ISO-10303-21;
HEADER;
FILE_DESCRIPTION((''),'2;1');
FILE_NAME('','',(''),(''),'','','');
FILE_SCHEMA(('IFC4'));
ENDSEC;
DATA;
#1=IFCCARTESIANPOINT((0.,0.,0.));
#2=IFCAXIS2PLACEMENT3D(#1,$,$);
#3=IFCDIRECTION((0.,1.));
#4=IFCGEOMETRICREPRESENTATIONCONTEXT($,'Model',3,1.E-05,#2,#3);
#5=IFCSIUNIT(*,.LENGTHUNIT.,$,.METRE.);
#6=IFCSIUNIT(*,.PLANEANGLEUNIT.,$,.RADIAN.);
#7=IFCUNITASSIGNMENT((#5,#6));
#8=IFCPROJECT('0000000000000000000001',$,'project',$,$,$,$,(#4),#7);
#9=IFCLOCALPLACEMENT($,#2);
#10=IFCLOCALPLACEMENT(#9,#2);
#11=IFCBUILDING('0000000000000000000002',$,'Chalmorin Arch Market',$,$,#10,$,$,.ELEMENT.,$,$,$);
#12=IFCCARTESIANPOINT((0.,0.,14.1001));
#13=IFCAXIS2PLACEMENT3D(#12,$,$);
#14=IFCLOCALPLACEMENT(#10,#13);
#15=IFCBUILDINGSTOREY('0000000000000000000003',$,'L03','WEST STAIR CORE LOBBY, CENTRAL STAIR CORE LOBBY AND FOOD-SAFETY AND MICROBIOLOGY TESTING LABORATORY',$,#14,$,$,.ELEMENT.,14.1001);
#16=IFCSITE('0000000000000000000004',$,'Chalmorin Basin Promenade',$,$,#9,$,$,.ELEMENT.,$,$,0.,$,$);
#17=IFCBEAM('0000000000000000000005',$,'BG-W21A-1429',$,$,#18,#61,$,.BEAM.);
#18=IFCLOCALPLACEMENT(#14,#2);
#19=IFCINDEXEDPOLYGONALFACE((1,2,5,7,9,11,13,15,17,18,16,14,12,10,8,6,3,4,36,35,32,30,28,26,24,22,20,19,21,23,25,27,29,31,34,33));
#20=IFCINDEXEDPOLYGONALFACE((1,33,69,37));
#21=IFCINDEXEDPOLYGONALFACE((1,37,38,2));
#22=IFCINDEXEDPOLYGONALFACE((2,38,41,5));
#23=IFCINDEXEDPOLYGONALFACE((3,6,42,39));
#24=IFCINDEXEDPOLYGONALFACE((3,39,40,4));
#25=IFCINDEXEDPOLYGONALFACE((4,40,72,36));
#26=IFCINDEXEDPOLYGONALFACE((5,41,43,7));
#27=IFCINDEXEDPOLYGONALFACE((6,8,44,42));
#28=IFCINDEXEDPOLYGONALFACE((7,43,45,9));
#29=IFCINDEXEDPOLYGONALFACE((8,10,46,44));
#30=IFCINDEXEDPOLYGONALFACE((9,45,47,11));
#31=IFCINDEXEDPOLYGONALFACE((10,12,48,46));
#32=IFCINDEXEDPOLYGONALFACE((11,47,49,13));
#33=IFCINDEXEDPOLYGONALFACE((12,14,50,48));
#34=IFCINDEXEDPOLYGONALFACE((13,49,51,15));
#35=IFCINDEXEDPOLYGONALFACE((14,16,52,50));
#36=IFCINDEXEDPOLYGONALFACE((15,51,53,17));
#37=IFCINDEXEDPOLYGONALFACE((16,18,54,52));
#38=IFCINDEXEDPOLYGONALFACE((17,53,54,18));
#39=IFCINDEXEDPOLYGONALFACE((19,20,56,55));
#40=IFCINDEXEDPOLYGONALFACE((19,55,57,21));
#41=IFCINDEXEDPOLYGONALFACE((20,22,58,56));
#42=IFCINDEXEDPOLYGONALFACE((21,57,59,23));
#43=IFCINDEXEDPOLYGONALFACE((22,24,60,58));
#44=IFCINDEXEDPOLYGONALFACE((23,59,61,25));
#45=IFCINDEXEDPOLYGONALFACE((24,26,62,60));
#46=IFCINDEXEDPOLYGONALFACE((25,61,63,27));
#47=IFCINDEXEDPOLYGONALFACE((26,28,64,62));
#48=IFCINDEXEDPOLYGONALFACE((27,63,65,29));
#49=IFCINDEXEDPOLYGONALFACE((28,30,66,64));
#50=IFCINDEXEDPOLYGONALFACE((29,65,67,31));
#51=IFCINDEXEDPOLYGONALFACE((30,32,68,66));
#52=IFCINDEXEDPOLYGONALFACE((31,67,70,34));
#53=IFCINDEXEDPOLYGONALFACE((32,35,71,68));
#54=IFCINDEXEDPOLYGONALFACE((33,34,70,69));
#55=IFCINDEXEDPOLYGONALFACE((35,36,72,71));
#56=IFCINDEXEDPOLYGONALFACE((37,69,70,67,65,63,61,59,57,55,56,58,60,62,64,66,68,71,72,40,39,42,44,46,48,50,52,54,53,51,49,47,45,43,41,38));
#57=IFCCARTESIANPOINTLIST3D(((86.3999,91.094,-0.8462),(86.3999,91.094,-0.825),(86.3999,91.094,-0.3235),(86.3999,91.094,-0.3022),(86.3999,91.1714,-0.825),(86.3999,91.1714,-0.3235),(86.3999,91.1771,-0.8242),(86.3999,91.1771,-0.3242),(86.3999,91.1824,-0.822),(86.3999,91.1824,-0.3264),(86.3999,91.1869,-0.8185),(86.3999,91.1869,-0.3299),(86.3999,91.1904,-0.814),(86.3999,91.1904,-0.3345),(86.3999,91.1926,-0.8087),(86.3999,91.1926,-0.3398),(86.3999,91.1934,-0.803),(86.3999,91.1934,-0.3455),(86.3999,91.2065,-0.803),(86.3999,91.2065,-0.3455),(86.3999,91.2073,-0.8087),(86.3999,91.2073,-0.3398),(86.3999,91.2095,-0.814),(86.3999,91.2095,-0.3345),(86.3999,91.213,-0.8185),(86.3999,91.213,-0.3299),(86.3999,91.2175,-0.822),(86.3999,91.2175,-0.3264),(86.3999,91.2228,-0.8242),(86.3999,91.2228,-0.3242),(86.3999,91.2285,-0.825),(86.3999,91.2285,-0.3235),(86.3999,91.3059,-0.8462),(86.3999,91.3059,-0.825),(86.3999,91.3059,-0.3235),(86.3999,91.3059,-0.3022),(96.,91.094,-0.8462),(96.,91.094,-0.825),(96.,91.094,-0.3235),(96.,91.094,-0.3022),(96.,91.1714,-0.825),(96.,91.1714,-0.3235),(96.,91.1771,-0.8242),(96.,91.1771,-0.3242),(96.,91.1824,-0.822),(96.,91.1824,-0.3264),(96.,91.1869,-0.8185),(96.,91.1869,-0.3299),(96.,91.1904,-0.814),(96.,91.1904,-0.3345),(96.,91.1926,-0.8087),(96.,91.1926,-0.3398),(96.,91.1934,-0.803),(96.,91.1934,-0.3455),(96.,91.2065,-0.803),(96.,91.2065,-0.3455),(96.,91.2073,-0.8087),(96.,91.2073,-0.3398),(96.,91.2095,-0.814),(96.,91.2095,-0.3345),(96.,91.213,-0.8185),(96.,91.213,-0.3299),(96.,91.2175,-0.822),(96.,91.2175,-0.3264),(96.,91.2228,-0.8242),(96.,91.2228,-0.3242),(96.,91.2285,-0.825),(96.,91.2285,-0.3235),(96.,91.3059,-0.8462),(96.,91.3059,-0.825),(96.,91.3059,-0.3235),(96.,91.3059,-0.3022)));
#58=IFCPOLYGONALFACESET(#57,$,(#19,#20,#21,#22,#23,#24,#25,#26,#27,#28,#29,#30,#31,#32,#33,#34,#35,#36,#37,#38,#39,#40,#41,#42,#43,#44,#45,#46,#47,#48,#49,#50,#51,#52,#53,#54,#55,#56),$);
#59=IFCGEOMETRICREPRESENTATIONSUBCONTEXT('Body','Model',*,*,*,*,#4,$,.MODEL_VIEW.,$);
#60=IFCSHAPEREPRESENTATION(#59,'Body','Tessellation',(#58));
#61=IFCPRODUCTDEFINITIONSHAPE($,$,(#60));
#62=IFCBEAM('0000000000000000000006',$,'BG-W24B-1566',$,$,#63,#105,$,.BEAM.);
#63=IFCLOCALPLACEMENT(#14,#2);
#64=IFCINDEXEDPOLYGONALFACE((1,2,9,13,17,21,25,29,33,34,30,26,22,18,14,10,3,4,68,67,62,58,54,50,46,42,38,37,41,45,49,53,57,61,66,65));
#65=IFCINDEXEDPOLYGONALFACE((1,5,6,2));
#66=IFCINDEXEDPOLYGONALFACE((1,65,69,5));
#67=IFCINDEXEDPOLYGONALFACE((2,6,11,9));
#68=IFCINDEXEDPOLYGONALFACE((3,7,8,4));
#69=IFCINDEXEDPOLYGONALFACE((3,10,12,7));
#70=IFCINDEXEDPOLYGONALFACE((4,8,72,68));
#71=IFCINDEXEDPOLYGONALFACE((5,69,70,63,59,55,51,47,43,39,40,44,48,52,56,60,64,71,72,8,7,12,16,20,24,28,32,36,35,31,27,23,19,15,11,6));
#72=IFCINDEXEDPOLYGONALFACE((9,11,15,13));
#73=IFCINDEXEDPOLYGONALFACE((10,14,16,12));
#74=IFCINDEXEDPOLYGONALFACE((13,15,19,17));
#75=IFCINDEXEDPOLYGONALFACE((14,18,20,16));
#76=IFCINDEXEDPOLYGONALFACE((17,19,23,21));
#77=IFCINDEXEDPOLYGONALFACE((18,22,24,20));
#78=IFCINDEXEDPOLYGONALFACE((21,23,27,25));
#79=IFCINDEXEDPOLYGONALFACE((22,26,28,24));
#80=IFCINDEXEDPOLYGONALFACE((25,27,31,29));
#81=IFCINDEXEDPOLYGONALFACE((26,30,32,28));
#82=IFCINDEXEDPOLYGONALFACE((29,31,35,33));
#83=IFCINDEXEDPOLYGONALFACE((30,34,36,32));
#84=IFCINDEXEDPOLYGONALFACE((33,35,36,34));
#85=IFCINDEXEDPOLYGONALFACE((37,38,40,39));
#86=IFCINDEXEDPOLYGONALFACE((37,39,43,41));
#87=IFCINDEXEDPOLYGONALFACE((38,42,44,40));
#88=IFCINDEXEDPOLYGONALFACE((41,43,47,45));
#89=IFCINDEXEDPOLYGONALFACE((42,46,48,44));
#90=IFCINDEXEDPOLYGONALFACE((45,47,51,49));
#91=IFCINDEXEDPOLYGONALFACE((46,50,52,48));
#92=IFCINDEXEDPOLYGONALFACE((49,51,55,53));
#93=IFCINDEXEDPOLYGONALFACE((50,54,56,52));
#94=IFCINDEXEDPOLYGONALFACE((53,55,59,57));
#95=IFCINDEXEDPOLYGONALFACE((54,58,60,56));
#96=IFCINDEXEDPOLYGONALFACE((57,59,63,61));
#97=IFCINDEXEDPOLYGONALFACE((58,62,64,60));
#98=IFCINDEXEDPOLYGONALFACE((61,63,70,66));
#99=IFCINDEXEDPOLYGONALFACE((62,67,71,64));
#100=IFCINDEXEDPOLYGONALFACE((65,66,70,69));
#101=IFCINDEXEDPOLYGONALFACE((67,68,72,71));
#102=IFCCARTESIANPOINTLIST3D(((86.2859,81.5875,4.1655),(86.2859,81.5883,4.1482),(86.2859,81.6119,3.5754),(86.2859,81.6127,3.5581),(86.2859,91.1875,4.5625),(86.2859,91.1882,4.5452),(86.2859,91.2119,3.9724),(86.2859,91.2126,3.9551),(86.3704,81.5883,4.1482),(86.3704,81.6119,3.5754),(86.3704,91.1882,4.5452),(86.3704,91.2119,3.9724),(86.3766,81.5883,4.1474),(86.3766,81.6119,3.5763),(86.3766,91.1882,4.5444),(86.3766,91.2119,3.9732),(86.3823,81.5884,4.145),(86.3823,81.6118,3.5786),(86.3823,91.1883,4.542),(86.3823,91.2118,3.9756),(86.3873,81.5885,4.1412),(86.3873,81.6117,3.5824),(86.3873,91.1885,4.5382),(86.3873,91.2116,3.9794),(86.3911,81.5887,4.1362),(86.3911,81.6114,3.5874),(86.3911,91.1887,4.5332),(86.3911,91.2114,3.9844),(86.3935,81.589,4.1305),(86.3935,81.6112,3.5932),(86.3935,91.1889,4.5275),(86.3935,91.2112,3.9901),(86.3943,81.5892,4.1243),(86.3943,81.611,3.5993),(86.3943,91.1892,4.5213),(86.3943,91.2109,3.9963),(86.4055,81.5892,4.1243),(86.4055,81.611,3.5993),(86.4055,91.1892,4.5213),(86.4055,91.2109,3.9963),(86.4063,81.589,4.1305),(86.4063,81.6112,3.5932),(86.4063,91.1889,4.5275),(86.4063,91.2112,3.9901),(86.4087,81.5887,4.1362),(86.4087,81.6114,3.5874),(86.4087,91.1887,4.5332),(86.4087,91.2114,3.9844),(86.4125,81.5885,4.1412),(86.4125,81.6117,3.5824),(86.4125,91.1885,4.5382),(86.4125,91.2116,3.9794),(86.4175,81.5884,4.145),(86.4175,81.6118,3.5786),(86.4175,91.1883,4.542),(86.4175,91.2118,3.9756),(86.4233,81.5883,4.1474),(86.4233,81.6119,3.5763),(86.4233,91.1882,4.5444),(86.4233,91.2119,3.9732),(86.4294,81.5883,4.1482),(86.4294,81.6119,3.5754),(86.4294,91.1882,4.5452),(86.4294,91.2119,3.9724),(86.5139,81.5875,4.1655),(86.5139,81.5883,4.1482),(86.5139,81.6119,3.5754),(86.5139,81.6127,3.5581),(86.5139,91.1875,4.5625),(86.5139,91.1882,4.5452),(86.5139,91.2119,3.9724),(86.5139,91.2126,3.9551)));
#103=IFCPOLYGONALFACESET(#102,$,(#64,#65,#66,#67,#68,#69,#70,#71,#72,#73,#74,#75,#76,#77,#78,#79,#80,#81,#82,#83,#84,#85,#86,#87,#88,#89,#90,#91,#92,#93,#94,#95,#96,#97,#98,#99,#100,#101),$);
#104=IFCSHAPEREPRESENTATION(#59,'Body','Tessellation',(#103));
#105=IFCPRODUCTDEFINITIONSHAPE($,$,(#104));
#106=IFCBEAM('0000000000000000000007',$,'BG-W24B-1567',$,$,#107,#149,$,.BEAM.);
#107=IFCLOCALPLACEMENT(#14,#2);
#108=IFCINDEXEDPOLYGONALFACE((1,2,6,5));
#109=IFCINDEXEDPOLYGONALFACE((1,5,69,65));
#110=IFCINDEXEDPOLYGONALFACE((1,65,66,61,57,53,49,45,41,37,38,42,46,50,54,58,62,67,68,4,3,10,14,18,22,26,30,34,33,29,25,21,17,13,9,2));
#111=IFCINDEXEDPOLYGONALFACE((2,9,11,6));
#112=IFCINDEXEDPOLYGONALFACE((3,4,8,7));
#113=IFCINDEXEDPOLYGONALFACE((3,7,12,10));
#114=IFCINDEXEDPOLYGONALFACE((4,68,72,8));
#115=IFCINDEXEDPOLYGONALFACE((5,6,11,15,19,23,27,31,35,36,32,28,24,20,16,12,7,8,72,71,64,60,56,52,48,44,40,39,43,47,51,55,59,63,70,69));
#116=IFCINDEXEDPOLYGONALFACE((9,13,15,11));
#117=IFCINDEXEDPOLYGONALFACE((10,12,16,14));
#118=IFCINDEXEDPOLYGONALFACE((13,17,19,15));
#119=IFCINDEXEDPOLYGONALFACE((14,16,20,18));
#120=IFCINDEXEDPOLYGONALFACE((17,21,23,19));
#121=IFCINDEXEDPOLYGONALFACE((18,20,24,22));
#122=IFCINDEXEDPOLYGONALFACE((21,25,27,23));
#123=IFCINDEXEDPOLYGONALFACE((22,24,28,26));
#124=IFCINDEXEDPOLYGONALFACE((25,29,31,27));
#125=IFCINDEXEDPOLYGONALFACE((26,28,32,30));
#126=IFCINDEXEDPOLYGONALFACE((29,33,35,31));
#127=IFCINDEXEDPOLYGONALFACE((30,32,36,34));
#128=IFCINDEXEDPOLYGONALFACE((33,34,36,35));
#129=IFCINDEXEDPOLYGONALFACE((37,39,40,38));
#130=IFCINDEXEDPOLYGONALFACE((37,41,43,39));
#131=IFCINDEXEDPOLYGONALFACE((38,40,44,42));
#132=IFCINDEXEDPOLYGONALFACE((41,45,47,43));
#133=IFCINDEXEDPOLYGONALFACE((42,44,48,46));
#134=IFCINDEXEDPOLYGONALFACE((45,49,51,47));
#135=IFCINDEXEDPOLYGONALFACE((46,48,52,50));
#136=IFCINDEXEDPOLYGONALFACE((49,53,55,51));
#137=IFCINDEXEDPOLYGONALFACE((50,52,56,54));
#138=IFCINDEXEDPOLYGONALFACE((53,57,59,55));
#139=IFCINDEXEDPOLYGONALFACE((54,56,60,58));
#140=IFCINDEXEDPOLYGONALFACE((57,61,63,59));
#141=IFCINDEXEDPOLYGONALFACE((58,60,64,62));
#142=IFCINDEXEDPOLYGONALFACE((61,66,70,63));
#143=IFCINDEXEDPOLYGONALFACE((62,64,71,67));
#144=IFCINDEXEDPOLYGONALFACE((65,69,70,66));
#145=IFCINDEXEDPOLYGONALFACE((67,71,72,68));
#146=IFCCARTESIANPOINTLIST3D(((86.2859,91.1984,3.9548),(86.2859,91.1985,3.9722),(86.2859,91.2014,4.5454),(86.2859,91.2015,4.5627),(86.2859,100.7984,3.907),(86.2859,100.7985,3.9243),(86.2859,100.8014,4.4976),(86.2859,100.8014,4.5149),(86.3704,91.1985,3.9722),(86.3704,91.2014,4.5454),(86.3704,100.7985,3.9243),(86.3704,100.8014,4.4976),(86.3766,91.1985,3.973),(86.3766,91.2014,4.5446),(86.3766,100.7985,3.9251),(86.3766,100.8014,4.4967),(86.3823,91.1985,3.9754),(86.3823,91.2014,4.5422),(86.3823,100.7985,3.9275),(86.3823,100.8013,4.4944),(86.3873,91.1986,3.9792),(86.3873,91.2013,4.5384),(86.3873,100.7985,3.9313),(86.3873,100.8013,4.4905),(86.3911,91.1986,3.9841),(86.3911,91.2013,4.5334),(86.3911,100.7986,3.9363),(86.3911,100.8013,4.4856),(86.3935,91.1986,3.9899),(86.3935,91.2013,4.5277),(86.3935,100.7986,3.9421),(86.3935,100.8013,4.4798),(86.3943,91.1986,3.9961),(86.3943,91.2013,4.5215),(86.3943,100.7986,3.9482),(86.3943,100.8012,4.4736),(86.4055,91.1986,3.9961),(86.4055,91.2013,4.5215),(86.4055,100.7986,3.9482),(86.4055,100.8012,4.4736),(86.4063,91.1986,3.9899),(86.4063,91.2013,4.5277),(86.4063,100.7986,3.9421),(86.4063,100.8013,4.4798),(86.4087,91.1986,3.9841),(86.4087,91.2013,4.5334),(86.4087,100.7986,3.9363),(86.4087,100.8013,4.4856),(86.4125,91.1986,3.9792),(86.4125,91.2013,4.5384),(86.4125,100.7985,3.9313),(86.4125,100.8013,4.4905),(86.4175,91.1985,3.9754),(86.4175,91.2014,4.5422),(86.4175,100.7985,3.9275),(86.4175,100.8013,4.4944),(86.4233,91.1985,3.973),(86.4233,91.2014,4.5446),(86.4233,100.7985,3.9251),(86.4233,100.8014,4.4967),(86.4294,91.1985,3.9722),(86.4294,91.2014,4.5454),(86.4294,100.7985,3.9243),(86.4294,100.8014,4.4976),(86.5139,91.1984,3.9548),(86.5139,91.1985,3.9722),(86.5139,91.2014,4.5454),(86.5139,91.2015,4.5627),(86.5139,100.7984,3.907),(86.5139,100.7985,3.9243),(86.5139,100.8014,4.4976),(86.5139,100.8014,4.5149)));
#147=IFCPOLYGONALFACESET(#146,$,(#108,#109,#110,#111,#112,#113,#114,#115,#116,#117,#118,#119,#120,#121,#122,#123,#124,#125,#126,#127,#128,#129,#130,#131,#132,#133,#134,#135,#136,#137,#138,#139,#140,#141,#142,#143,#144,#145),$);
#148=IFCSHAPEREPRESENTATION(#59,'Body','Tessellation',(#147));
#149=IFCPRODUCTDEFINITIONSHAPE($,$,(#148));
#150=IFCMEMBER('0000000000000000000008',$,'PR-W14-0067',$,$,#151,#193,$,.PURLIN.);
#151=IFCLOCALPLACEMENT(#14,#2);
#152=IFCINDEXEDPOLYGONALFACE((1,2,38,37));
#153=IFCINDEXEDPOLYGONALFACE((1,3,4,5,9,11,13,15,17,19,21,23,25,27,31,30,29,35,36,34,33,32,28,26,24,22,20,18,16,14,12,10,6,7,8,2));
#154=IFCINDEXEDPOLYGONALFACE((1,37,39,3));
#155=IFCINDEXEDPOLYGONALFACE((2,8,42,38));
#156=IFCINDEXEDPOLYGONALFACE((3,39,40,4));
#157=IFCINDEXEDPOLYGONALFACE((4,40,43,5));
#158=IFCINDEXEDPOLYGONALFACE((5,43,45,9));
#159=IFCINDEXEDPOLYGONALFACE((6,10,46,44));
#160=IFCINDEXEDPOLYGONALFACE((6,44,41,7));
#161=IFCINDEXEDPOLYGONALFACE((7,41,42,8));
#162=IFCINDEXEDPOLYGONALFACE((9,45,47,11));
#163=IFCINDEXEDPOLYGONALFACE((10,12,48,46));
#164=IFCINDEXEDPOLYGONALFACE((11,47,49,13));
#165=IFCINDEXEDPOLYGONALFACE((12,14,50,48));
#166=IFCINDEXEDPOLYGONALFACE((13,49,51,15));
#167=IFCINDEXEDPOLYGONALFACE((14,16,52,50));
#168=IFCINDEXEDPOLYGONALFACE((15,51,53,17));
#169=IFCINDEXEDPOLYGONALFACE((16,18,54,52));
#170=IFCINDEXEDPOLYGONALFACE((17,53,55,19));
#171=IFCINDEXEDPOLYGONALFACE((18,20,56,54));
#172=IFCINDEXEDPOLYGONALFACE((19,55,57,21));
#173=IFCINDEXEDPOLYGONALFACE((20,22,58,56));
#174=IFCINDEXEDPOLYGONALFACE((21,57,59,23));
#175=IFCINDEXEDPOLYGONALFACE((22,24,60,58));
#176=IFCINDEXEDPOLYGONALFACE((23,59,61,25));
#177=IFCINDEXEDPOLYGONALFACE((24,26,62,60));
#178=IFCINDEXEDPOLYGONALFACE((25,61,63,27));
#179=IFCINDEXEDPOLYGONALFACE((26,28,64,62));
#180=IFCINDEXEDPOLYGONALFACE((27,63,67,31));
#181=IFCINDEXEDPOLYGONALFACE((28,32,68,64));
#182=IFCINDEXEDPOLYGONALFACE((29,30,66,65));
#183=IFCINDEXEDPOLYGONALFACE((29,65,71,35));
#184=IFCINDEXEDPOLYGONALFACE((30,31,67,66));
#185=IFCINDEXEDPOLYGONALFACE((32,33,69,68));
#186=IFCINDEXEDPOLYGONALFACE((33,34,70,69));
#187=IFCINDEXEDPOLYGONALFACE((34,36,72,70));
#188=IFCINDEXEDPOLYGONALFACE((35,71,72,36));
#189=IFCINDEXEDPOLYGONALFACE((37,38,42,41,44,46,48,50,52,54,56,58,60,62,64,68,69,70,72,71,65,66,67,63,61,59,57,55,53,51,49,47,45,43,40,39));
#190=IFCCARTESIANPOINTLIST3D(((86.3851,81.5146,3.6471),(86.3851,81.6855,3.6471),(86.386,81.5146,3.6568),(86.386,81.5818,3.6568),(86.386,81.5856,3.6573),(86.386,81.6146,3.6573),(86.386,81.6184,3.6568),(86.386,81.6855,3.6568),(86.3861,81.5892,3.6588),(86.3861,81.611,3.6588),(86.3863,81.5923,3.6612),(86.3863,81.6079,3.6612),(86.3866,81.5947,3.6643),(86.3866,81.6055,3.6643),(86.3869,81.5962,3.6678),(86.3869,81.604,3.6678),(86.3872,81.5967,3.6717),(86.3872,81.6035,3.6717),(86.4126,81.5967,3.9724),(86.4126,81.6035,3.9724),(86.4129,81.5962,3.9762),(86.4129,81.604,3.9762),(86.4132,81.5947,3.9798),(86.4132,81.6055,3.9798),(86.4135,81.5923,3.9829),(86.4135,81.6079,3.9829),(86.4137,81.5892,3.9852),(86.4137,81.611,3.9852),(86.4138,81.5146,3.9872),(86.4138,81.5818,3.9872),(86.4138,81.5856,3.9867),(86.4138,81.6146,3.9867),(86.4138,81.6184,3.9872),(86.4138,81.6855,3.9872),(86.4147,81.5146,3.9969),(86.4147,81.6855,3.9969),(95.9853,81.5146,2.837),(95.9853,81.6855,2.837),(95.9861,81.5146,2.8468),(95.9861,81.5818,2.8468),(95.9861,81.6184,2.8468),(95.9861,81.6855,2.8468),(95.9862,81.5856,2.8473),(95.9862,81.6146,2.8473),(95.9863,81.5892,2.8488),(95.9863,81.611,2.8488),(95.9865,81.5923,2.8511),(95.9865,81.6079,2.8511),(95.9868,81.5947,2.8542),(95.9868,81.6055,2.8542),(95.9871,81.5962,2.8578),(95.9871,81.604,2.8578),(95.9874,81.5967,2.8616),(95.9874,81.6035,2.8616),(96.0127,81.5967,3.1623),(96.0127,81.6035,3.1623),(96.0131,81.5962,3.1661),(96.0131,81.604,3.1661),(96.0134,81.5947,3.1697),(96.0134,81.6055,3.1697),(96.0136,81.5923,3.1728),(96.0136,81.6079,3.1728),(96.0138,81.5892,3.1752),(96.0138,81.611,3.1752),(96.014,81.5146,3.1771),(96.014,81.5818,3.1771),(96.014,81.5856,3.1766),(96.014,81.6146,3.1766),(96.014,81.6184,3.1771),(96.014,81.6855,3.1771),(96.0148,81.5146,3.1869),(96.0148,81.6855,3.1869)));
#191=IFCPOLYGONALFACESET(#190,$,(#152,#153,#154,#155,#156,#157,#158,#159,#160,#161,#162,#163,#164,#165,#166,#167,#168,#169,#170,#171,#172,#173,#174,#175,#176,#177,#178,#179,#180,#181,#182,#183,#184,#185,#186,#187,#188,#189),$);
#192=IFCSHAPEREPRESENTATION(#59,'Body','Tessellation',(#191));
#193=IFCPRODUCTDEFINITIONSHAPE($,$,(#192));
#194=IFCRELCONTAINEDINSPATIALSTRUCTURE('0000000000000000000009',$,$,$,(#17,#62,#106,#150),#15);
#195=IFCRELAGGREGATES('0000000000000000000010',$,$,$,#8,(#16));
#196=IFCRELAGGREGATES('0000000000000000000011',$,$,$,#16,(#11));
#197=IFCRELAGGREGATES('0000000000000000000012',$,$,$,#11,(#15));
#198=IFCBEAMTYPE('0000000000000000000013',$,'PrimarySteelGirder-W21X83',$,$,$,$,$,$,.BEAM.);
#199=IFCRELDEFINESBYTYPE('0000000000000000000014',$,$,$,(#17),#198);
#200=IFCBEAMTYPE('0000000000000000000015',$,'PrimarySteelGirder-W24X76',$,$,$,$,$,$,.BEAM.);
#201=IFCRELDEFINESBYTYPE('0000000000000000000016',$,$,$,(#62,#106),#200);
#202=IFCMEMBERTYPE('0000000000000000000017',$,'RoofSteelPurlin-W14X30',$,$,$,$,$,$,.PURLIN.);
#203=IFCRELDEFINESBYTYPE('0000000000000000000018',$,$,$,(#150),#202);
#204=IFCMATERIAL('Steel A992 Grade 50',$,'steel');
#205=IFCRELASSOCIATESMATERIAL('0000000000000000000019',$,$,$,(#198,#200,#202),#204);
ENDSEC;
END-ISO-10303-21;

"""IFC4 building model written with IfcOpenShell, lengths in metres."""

from ifc_helpers import new_model, si_unit, direction, frame, origin, origin_2d, place, context, subcontext, project, spatial, i_section, extrude, material, material_profile, profile_set, type_object, element, save


model = new_model("IFC4")

# Units and contexts
model_context = context("Model", 3, precision=1e-05, world=origin(), true_north=direction((0.0, 1.0)))
body_context = subcontext(model_context, "Body", "Model", "MODEL_VIEW")
ifc_project = project(units=[si_unit("LENGTHUNIT", "METRE"), si_unit("PLANEANGLEUNIT", "RADIAN")], contexts=[model_context])

# Site, building, storey
site_placement = place(None, origin())
site = spatial("IfcSite", under=ifc_project, at=site_placement, Name="Chalmorin Basin Promenade", CompositionType="ELEMENT", RefElevation=0.0)
building_placement = place(site_placement, origin())
building = spatial("IfcBuilding", under=site, at=building_placement, Name="Chalmorin Arch Market", CompositionType="ELEMENT")
storey_placement = place(building_placement, frame((0.0, 0.0, 14.1001)))
storey = spatial("IfcBuildingStorey", under=building, at=storey_placement, Name="L03", Description="WEST STAIR CORE LOBBY, CENTRAL STAIR CORE LOBBY AND FOOD-SAFETY AND MICROBIOLOGY TESTING LABORATORY", CompositionType="ELEMENT", Elevation=14.1001)

# Beams
ifc_material_1 = material(Name="Steel A992 Grade 50", Category="steel")
ifc_material_profile_1 = material_profile(ifc_material_1, i_section(OverallWidth=0.2119, OverallDepth=0.5439, WebThickness=0.0132, FlangeThickness=0.0212, FilletRadius=0.022, at=origin_2d()), Name="W21X83")
ifc_profile_set_1 = profile_set([ifc_material_profile_1], Name="Steel A992 Grade 50")
beam_type_1 = type_object("IfcBeamType", Name="PrimarySteelGirder-W21X83", PredefinedType="BEAM", material=ifc_profile_set_1)
for number, where, z_axis, x_axis, name in (
    (1, (86.3999, 91.2, -0.5742), (1.0, 0.0, 0.0), (0.0, 1.0, 0.0), "BG-W21A-1429"),
):
    element("IfcBeam", number, at=place(storey_placement, frame(where, z_axis=z_axis, x_axis=x_axis)), inside=storey, type_object=beam_type_1, Name=name, PredefinedType="BEAM", context=body_context, shape_type="SweptSolid", body=[
        extrude(i_section(OverallWidth=0.2119, OverallDepth=0.5439, WebThickness=0.0132, FlangeThickness=0.0212, FilletRadius=0.022, at=origin_2d()), origin(), (0.0, 0.0, 1.0), 9.6001),
    ])
ifc_material_profile_2 = material_profile(ifc_material_1, i_section(OverallWidth=0.228, OverallDepth=0.6079, WebThickness=0.0112, FlangeThickness=0.0173, FilletRadius=0.0239, at=origin_2d()), Name="W24X76")
ifc_profile_set_2 = profile_set([ifc_material_profile_2], Name="Steel A992 Grade 50")
beam_type_2 = type_object("IfcBeamType", Name="PrimarySteelGirder-W24X76", PredefinedType="BEAM", material=ifc_profile_set_2)
beam_1_placement = place(storey_placement, frame((86.3999, 81.6001, 3.8618), z_axis=(0.0, 0.999146, 0.041317), x_axis=(-1.0, 0.0, 0.0)))
element("IfcBeam", 2, at=beam_1_placement, inside=storey, type_object=beam_type_2, Name="BG-W24B-1566", PredefinedType="BEAM", context=body_context, shape_type="SweptSolid", body=[
    extrude(i_section(OverallWidth=0.228, OverallDepth=0.6079, WebThickness=0.0112, FlangeThickness=0.0173, FilletRadius=0.0239, at=origin_2d()), origin(), (0.0, 0.0, 1.0), 9.6082),
])
beam_2_placement = place(storey_placement, frame((86.3999, 91.2, 4.2588), z_axis=(0.0, 0.999988, -0.004984), x_axis=(-1.0, 0.0, 0.0)))
element("IfcBeam", 3, at=beam_2_placement, inside=storey, type_object=beam_type_2, Name="BG-W24B-1567", PredefinedType="BEAM", context=body_context, shape_type="SweptSolid", body=[
    extrude(i_section(OverallWidth=0.228, OverallDepth=0.6079, WebThickness=0.0112, FlangeThickness=0.0173, FilletRadius=0.0239, at=origin_2d()), origin(), (0.0, 0.0, 1.0), 9.6001),
])

# Member
ifc_material_profile_3 = material_profile(ifc_material_1, i_section(OverallWidth=0.1709, OverallDepth=0.3511, WebThickness=0.0068, FlangeThickness=0.0098, FilletRadius=0.0149, at=origin_2d()), Name="W14X30")
ifc_profile_set_3 = profile_set([ifc_material_profile_3], Name="Steel A992 Grade 50")
member_type = type_object("IfcMemberType", Name="RoofSteelPurlin-W14X30", PredefinedType="PURLIN", material=ifc_profile_set_3)
member_1_placement = place(storey_placement, frame((86.3999, 81.6001, 3.822), z_axis=(0.996459, 0.0, -0.084081), x_axis=(0.0, 1.0, 0.0)))
element("IfcMember", 4, at=member_1_placement, inside=storey, type_object=member_type, Name="PR-W14-0067", PredefinedType="PURLIN", context=body_context, shape_type="SweptSolid", body=[
    extrude(i_section(OverallWidth=0.1709, OverallDepth=0.3511, WebThickness=0.0068, FlangeThickness=0.0098, FilletRadius=0.0149, at=origin_2d()), origin(), (0.0, 0.0, 1.0), 9.6343),
])

save(model, "model.ifc")
